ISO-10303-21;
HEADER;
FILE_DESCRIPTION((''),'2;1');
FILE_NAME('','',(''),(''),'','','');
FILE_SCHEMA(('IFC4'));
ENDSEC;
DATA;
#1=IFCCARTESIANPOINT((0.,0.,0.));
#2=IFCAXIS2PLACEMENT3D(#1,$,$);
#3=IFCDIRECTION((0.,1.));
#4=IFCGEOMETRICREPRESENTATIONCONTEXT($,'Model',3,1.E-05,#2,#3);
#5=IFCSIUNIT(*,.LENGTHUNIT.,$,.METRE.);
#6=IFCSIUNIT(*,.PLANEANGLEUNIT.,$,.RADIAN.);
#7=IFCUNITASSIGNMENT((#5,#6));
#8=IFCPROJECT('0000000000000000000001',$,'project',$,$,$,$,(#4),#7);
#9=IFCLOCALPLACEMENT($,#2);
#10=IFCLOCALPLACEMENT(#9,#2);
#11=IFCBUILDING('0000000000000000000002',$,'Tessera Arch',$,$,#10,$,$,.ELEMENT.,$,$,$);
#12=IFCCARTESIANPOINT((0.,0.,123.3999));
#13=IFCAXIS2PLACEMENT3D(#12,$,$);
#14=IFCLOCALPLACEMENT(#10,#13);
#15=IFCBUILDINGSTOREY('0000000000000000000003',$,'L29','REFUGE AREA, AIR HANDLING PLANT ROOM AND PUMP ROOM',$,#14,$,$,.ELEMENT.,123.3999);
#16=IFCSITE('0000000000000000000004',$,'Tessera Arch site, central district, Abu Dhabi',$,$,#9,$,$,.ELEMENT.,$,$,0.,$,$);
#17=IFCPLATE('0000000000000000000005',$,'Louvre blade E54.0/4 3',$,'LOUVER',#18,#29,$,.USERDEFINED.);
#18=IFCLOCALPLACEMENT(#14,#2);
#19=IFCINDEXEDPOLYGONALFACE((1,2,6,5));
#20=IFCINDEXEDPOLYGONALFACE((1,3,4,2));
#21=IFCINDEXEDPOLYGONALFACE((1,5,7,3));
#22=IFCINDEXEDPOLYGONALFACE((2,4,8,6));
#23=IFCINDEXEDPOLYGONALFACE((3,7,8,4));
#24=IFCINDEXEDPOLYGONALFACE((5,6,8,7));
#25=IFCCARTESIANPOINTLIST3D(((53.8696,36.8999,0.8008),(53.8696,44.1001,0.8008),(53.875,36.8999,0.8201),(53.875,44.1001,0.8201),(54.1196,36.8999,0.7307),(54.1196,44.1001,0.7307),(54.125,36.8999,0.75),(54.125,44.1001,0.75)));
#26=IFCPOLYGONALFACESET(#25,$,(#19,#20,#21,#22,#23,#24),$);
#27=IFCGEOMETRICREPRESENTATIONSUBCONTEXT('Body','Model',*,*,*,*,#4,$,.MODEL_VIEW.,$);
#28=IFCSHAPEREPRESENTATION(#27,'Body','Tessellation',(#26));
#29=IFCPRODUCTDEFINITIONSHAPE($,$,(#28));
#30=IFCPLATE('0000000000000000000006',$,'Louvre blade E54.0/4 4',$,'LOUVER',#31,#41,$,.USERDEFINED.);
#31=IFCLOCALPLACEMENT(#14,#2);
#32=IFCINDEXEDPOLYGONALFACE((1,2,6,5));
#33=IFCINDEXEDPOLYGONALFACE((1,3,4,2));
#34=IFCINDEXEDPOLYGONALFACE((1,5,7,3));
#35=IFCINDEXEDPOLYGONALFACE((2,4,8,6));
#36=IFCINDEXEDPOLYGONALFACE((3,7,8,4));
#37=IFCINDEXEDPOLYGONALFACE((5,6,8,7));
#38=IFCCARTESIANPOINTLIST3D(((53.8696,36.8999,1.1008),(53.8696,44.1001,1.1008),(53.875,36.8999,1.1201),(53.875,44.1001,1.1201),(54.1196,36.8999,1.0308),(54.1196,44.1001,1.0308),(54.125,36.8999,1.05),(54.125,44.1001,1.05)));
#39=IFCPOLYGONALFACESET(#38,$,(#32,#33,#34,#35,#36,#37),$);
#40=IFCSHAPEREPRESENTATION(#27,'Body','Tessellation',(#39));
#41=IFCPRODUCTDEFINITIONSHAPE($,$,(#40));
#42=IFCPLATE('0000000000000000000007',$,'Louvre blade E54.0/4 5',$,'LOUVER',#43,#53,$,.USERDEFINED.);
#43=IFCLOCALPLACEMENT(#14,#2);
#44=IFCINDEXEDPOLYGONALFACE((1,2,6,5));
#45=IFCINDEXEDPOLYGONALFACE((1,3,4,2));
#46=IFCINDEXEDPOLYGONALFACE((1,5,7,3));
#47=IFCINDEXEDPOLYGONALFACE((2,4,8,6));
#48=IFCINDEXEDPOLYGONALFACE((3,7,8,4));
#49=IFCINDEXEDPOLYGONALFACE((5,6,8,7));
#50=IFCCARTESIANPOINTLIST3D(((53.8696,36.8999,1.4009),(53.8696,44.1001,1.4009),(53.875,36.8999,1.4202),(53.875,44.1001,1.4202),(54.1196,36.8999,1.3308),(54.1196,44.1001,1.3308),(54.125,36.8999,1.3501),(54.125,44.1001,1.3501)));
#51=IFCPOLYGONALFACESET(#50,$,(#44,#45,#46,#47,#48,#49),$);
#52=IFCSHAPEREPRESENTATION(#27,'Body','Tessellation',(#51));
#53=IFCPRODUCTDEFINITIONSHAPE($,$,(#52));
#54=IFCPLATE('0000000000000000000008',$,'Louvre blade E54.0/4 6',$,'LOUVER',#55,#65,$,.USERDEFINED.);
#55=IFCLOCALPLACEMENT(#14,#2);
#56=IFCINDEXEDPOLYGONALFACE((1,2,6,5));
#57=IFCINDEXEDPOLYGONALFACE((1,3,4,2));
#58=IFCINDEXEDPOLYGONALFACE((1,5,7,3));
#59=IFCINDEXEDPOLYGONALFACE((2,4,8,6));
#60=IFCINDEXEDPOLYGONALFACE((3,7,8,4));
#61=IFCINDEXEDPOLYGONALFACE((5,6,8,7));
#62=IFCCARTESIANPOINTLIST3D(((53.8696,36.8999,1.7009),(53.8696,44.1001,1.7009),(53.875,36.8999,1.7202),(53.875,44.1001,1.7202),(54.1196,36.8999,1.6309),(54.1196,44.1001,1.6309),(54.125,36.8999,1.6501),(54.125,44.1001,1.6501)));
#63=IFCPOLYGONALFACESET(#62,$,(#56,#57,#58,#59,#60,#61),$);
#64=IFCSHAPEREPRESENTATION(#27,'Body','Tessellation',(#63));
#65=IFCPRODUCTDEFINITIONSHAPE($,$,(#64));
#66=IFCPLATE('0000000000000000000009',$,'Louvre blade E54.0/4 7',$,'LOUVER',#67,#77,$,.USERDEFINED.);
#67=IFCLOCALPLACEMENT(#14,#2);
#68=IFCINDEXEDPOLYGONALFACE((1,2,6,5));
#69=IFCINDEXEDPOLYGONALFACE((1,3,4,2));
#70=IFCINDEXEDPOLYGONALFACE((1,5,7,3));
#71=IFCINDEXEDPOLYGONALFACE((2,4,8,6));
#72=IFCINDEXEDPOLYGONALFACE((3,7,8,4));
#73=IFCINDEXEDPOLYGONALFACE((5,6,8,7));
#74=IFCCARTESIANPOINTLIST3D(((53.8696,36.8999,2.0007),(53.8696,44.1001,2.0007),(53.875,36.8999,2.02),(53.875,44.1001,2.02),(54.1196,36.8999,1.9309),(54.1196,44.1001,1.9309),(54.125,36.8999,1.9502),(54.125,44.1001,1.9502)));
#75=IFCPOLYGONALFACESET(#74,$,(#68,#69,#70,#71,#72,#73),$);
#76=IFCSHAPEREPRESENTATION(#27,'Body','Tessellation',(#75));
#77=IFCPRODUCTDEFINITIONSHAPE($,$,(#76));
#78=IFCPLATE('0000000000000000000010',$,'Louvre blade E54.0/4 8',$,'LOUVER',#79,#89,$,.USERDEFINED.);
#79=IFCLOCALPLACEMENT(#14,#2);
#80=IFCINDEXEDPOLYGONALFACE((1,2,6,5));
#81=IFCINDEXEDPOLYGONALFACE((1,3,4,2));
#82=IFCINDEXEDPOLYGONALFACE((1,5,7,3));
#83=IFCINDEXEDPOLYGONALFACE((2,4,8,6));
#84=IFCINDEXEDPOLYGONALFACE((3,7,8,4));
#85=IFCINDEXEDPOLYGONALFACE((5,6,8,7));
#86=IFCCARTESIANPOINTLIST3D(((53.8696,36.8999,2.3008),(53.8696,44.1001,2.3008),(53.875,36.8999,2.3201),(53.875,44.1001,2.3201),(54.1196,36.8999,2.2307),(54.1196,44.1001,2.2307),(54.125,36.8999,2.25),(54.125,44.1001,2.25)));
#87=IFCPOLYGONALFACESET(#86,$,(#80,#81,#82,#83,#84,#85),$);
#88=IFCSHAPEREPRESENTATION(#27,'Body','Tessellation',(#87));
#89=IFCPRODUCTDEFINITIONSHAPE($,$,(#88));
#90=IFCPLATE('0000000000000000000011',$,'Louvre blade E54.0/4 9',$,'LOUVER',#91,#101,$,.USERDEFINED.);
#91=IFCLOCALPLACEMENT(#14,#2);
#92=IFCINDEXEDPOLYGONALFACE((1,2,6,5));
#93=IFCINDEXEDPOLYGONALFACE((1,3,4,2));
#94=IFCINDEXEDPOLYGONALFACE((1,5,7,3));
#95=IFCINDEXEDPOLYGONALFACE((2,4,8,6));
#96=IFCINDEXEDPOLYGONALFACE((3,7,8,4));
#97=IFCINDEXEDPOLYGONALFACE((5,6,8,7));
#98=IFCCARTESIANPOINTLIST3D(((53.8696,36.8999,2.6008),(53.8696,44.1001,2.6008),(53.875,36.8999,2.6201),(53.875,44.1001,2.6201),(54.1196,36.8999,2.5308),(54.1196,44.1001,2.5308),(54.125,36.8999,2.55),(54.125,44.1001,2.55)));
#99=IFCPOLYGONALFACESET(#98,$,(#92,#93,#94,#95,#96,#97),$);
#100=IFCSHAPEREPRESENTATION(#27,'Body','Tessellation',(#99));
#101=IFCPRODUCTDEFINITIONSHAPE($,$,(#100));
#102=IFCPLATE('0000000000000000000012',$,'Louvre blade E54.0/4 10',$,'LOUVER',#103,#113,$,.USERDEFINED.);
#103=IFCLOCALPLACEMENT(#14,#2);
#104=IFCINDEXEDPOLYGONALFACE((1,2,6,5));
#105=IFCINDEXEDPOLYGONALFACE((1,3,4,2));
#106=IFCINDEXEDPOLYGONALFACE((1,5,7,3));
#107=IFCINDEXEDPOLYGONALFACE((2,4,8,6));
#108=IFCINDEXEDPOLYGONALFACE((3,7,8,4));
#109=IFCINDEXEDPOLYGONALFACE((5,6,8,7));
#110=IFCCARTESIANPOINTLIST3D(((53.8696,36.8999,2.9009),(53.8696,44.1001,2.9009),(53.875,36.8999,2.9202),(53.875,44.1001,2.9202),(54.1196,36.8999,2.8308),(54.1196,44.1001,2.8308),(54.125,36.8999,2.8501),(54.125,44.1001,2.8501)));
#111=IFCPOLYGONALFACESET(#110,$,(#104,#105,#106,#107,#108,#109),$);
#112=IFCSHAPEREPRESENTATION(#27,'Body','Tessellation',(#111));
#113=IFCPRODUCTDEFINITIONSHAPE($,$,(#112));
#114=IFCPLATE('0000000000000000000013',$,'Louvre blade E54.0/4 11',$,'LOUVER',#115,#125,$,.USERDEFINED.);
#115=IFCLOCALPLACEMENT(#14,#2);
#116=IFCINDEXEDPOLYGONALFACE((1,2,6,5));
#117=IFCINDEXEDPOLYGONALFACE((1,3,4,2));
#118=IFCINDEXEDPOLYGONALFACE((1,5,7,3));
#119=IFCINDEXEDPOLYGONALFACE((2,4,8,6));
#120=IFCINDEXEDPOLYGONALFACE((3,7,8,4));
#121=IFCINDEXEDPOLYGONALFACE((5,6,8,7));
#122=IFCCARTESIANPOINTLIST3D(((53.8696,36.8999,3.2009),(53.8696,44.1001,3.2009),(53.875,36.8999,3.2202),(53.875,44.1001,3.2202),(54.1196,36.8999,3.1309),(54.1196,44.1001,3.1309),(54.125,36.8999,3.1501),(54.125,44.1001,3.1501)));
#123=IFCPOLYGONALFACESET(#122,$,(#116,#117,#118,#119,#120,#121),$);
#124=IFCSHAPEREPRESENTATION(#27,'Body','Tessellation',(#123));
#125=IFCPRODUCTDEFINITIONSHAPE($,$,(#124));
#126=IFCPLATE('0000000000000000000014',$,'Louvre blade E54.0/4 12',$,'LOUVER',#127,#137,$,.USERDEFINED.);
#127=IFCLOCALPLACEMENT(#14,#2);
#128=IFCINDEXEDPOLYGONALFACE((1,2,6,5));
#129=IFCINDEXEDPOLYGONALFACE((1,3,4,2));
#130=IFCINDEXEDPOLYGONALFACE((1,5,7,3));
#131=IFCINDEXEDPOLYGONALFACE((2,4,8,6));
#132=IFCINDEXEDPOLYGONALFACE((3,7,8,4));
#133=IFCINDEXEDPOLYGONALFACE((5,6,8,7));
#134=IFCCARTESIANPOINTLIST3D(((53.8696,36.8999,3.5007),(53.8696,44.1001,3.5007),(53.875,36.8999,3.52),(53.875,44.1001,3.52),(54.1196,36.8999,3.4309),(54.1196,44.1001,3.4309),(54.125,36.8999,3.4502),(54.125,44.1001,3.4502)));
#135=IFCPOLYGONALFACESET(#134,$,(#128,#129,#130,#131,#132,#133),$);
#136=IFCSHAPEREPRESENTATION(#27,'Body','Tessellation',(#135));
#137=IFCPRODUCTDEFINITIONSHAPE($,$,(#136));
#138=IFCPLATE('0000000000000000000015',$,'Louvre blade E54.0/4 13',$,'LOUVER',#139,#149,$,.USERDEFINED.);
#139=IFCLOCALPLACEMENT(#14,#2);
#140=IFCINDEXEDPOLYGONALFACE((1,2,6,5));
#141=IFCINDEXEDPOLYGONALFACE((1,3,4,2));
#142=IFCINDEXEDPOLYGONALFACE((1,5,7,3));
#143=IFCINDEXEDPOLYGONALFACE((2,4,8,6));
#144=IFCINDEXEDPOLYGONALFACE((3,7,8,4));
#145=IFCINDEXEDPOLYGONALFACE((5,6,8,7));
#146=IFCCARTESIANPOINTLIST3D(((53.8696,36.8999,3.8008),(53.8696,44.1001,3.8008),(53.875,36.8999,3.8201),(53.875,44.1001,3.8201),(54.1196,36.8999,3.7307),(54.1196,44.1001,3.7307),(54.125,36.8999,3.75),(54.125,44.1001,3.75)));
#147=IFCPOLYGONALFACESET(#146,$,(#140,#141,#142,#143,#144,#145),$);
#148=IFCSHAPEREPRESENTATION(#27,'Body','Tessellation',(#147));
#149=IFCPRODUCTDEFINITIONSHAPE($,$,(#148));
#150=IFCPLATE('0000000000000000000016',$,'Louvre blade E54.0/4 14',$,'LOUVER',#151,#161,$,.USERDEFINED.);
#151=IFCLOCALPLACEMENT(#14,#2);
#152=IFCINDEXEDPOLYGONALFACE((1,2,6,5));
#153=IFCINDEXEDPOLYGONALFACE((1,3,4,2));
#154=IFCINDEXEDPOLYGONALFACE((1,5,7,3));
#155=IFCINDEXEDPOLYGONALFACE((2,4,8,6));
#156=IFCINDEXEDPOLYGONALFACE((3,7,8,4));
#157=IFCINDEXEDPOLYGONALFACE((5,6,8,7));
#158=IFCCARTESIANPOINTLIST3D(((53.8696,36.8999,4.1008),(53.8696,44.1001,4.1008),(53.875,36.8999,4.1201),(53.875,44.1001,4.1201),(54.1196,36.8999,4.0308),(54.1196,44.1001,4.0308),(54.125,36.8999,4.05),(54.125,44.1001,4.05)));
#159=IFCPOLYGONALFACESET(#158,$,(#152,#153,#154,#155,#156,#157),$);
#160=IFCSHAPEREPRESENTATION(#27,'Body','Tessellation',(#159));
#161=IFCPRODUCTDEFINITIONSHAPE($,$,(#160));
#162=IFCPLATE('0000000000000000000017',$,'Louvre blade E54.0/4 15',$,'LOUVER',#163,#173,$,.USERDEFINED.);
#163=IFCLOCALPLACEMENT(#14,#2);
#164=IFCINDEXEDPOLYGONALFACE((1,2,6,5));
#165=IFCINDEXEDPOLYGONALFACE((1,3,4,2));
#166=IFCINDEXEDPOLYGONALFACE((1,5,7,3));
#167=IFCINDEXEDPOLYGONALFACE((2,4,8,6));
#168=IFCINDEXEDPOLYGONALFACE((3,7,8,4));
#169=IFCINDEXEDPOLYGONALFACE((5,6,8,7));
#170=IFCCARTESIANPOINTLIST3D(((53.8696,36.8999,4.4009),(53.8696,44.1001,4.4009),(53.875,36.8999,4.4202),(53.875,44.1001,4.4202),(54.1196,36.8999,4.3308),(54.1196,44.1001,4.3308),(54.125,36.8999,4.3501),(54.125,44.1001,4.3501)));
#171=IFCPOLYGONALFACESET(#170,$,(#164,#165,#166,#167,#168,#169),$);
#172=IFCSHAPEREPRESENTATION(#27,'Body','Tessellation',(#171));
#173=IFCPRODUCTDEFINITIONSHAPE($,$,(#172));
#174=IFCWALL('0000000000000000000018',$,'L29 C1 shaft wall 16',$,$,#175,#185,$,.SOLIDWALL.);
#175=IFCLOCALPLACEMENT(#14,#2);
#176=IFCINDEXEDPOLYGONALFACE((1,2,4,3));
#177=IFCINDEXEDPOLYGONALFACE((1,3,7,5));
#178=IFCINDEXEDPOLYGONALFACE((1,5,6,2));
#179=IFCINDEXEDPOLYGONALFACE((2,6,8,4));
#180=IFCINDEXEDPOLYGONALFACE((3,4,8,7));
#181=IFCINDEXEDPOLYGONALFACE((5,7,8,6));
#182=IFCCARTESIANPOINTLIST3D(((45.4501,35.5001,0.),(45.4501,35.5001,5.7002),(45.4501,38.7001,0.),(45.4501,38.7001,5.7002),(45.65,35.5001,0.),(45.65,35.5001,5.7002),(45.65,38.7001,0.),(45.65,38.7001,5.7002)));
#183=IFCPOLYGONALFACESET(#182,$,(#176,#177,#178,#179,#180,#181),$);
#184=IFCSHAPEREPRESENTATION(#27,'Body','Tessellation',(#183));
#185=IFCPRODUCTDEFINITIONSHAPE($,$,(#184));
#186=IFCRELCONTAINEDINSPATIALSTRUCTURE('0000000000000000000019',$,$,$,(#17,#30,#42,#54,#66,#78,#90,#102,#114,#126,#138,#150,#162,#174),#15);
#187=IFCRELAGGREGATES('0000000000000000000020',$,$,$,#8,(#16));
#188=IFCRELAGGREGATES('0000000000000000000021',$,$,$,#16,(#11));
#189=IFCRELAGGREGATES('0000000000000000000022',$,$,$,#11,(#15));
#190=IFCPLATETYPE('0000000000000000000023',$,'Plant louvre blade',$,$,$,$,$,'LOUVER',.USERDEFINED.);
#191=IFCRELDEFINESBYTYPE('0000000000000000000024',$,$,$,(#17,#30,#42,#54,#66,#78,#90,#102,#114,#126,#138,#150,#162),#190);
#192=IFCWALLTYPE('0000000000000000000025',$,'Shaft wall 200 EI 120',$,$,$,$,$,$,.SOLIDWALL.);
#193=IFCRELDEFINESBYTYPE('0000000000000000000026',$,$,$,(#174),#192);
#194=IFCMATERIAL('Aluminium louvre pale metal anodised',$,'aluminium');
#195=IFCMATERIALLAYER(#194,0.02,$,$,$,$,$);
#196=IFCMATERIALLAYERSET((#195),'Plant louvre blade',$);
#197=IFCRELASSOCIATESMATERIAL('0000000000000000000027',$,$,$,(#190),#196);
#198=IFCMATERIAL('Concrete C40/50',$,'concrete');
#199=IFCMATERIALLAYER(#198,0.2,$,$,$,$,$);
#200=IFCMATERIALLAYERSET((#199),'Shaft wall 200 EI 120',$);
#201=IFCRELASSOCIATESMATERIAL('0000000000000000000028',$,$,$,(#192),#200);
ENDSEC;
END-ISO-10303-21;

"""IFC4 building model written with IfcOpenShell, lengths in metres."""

from ifc_helpers import new_model, si_unit, direction, frame, frame_2d, origin, place, context, subcontext, project, spatial, polyline, rectangle, outline, extrude, material, layer, layer_set, type_object, element, save


model = new_model("IFC4")

# Units and contexts
model_context = context("Model", 3, precision=1e-05, world=origin(), true_north=direction((0.0, 1.0)))
body_context = subcontext(model_context, "Body", "Model", "MODEL_VIEW")
ifc_project = project(units=[si_unit("LENGTHUNIT", "METRE"), si_unit("PLANEANGLEUNIT", "RADIAN")], contexts=[model_context])

# Site, building, storey
site_placement = place(None, origin())
site = spatial("IfcSite", under=ifc_project, at=site_placement, Name="Tessera Arch site, central district, Abu Dhabi", CompositionType="ELEMENT", RefElevation=0.0)
building_placement = place(site_placement, origin())
building = spatial("IfcBuilding", under=site, at=building_placement, Name="Tessera Arch", CompositionType="ELEMENT")
storey_placement = place(building_placement, frame((0.0, 0.0, 123.3999)))
storey = spatial("IfcBuildingStorey", under=building, at=storey_placement, Name="L29", Description="REFUGE AREA, AIR HANDLING PLANT ROOM AND PUMP ROOM", CompositionType="ELEMENT", Elevation=123.3999)

# Plates
ifc_material_1 = material(Name="Aluminium louvre pale metal anodised", Category="aluminium")
ifc_layer_1 = layer(ifc_material_1, 0.02)
ifc_layer_set_1 = layer_set([ifc_layer_1], Name="Plant louvre blade")
plate_type_1 = type_object("IfcPlateType", Name="Plant louvre blade", ElementType="LOUVER", PredefinedType="USERDEFINED", material=ifc_layer_set_1)
for number, where, z_axis, x_axis, name in (
    (1, (54.125, 36.8999, 0.75), (0.269874, 0.0, 0.962896), (0.0, 1.0, 0.0), "Louvre blade E54.0/4 3"),
    (2, (54.125, 36.8999, 1.05), (0.269874, 0.0, 0.962896), (0.0, 1.0, 0.0), "Louvre blade E54.0/4 4"),
    (3, (54.125, 36.8999, 1.3501), (0.269874, 0.0, 0.962896), (0.0, 1.0, 0.0), "Louvre blade E54.0/4 5"),
    (4, (54.125, 36.8999, 1.6501), (0.269874, 0.0, 0.962896), (0.0, 1.0, 0.0), "Louvre blade E54.0/4 6"),
):
    element("IfcPlate", number, at=place(storey_placement, frame(where, z_axis=z_axis, x_axis=x_axis)), inside=storey, type_object=plate_type_1, Name=name, ObjectType="LOUVER", PredefinedType="USERDEFINED", context=body_context, shape_type="SweptSolid", body=[
        extrude(outline(polyline([(0.0, 0.0), (7.2002, 0.0), (7.2002, 0.2596), (0.0, 0.2596), (0.0, 0.0)])), origin(), (0.0, 0.0, -1.0), 0.02),
    ])
plate_1_placement = place(storey_placement, frame((54.125, 36.8999, 1.9502), z_axis=(0.269002, 0.0, 0.96314), x_axis=(0.0, 1.0, 0.0)))
element("IfcPlate", 5, at=plate_1_placement, inside=storey, type_object=plate_type_1, Name="Louvre blade E54.0/4 7", ObjectType="LOUVER", PredefinedType="USERDEFINED", context=body_context, shape_type="SweptSolid", body=[
    extrude(outline(polyline([(0.0, 0.0), (7.2002, 0.0), (7.2002, 0.2596), (0.0, 0.2596), (0.0, 0.0)])), origin(), (0.0, 0.0, -1.0), 0.02),
])
for number, where, z_axis, x_axis, name in (
    (6, (54.125, 36.8999, 2.25), (0.269874, 0.0, 0.962896), (0.0, 1.0, 0.0), "Louvre blade E54.0/4 8"),
    (7, (54.125, 36.8999, 2.55), (0.269874, 0.0, 0.962896), (0.0, 1.0, 0.0), "Louvre blade E54.0/4 9"),
    (8, (54.125, 36.8999, 2.8501), (0.269874, 0.0, 0.962896), (0.0, 1.0, 0.0), "Louvre blade E54.0/4 10"),
    (9, (54.125, 36.8999, 3.1501), (0.269874, 0.0, 0.962896), (0.0, 1.0, 0.0), "Louvre blade E54.0/4 11"),
):
    element("IfcPlate", number, at=place(storey_placement, frame(where, z_axis=z_axis, x_axis=x_axis)), inside=storey, type_object=plate_type_1, Name=name, ObjectType="LOUVER", PredefinedType="USERDEFINED", context=body_context, shape_type="SweptSolid", body=[
        extrude(outline(polyline([(0.0, 0.0), (7.2002, 0.0), (7.2002, 0.2596), (0.0, 0.2596), (0.0, 0.0)])), origin(), (0.0, 0.0, -1.0), 0.02),
    ])
plate_2_placement = place(storey_placement, frame((54.125, 36.8999, 3.4502), z_axis=(0.269002, 0.0, 0.96314), x_axis=(0.0, 1.0, 0.0)))
element("IfcPlate", 10, at=plate_2_placement, inside=storey, type_object=plate_type_1, Name="Louvre blade E54.0/4 12", ObjectType="LOUVER", PredefinedType="USERDEFINED", context=body_context, shape_type="SweptSolid", body=[
    extrude(outline(polyline([(0.0, 0.0), (7.2002, 0.0), (7.2002, 0.2596), (0.0, 0.2596), (0.0, 0.0)])), origin(), (0.0, 0.0, -1.0), 0.02),
])
for number, where, z_axis, x_axis, name in (
    (11, (54.125, 36.8999, 3.75), (0.269874, 0.0, 0.962896), (0.0, 1.0, 0.0), "Louvre blade E54.0/4 13"),
    (12, (54.125, 36.8999, 4.05), (0.269874, 0.0, 0.962896), (0.0, 1.0, 0.0), "Louvre blade E54.0/4 14"),
    (13, (54.125, 36.8999, 4.3501), (0.269874, 0.0, 0.962896), (0.0, 1.0, 0.0), "Louvre blade E54.0/4 15"),
):
    element("IfcPlate", number, at=place(storey_placement, frame(where, z_axis=z_axis, x_axis=x_axis)), inside=storey, type_object=plate_type_1, Name=name, ObjectType="LOUVER", PredefinedType="USERDEFINED", context=body_context, shape_type="SweptSolid", body=[
        extrude(outline(polyline([(0.0, 0.0), (7.2002, 0.0), (7.2002, 0.2596), (0.0, 0.2596), (0.0, 0.0)])), origin(), (0.0, 0.0, -1.0), 0.02),
    ])

# Wall
ifc_material_2 = material(Name="Concrete C40/50", Category="concrete")
ifc_layer_2 = layer(ifc_material_2, 0.2)
ifc_layer_set_2 = layer_set([ifc_layer_2], Name="Shaft wall 200 EI 120")
wall_type = type_object("IfcWallType", Name="Shaft wall 200 EI 120", PredefinedType="SOLIDWALL", material=ifc_layer_set_2)
wall_placement = place(storey_placement, frame((45.55, 35.5, 0.0), z_axis=(0.0, 0.0, 1.0), x_axis=(0.0, 1.0, 0.0)))
element("IfcWall", 14, at=wall_placement, inside=storey, type_object=wall_type, Name="L29 C1 shaft wall 16", PredefinedType="SOLIDWALL", context=body_context, shape_type="SweptSolid", body=[
    extrude(rectangle(XDim=3.2, YDim=0.2, at=frame_2d((1.6001, 0.0))), origin(), (0.0, 0.0, 1.0), 5.7002),
])

save(model, "model.ifc")
